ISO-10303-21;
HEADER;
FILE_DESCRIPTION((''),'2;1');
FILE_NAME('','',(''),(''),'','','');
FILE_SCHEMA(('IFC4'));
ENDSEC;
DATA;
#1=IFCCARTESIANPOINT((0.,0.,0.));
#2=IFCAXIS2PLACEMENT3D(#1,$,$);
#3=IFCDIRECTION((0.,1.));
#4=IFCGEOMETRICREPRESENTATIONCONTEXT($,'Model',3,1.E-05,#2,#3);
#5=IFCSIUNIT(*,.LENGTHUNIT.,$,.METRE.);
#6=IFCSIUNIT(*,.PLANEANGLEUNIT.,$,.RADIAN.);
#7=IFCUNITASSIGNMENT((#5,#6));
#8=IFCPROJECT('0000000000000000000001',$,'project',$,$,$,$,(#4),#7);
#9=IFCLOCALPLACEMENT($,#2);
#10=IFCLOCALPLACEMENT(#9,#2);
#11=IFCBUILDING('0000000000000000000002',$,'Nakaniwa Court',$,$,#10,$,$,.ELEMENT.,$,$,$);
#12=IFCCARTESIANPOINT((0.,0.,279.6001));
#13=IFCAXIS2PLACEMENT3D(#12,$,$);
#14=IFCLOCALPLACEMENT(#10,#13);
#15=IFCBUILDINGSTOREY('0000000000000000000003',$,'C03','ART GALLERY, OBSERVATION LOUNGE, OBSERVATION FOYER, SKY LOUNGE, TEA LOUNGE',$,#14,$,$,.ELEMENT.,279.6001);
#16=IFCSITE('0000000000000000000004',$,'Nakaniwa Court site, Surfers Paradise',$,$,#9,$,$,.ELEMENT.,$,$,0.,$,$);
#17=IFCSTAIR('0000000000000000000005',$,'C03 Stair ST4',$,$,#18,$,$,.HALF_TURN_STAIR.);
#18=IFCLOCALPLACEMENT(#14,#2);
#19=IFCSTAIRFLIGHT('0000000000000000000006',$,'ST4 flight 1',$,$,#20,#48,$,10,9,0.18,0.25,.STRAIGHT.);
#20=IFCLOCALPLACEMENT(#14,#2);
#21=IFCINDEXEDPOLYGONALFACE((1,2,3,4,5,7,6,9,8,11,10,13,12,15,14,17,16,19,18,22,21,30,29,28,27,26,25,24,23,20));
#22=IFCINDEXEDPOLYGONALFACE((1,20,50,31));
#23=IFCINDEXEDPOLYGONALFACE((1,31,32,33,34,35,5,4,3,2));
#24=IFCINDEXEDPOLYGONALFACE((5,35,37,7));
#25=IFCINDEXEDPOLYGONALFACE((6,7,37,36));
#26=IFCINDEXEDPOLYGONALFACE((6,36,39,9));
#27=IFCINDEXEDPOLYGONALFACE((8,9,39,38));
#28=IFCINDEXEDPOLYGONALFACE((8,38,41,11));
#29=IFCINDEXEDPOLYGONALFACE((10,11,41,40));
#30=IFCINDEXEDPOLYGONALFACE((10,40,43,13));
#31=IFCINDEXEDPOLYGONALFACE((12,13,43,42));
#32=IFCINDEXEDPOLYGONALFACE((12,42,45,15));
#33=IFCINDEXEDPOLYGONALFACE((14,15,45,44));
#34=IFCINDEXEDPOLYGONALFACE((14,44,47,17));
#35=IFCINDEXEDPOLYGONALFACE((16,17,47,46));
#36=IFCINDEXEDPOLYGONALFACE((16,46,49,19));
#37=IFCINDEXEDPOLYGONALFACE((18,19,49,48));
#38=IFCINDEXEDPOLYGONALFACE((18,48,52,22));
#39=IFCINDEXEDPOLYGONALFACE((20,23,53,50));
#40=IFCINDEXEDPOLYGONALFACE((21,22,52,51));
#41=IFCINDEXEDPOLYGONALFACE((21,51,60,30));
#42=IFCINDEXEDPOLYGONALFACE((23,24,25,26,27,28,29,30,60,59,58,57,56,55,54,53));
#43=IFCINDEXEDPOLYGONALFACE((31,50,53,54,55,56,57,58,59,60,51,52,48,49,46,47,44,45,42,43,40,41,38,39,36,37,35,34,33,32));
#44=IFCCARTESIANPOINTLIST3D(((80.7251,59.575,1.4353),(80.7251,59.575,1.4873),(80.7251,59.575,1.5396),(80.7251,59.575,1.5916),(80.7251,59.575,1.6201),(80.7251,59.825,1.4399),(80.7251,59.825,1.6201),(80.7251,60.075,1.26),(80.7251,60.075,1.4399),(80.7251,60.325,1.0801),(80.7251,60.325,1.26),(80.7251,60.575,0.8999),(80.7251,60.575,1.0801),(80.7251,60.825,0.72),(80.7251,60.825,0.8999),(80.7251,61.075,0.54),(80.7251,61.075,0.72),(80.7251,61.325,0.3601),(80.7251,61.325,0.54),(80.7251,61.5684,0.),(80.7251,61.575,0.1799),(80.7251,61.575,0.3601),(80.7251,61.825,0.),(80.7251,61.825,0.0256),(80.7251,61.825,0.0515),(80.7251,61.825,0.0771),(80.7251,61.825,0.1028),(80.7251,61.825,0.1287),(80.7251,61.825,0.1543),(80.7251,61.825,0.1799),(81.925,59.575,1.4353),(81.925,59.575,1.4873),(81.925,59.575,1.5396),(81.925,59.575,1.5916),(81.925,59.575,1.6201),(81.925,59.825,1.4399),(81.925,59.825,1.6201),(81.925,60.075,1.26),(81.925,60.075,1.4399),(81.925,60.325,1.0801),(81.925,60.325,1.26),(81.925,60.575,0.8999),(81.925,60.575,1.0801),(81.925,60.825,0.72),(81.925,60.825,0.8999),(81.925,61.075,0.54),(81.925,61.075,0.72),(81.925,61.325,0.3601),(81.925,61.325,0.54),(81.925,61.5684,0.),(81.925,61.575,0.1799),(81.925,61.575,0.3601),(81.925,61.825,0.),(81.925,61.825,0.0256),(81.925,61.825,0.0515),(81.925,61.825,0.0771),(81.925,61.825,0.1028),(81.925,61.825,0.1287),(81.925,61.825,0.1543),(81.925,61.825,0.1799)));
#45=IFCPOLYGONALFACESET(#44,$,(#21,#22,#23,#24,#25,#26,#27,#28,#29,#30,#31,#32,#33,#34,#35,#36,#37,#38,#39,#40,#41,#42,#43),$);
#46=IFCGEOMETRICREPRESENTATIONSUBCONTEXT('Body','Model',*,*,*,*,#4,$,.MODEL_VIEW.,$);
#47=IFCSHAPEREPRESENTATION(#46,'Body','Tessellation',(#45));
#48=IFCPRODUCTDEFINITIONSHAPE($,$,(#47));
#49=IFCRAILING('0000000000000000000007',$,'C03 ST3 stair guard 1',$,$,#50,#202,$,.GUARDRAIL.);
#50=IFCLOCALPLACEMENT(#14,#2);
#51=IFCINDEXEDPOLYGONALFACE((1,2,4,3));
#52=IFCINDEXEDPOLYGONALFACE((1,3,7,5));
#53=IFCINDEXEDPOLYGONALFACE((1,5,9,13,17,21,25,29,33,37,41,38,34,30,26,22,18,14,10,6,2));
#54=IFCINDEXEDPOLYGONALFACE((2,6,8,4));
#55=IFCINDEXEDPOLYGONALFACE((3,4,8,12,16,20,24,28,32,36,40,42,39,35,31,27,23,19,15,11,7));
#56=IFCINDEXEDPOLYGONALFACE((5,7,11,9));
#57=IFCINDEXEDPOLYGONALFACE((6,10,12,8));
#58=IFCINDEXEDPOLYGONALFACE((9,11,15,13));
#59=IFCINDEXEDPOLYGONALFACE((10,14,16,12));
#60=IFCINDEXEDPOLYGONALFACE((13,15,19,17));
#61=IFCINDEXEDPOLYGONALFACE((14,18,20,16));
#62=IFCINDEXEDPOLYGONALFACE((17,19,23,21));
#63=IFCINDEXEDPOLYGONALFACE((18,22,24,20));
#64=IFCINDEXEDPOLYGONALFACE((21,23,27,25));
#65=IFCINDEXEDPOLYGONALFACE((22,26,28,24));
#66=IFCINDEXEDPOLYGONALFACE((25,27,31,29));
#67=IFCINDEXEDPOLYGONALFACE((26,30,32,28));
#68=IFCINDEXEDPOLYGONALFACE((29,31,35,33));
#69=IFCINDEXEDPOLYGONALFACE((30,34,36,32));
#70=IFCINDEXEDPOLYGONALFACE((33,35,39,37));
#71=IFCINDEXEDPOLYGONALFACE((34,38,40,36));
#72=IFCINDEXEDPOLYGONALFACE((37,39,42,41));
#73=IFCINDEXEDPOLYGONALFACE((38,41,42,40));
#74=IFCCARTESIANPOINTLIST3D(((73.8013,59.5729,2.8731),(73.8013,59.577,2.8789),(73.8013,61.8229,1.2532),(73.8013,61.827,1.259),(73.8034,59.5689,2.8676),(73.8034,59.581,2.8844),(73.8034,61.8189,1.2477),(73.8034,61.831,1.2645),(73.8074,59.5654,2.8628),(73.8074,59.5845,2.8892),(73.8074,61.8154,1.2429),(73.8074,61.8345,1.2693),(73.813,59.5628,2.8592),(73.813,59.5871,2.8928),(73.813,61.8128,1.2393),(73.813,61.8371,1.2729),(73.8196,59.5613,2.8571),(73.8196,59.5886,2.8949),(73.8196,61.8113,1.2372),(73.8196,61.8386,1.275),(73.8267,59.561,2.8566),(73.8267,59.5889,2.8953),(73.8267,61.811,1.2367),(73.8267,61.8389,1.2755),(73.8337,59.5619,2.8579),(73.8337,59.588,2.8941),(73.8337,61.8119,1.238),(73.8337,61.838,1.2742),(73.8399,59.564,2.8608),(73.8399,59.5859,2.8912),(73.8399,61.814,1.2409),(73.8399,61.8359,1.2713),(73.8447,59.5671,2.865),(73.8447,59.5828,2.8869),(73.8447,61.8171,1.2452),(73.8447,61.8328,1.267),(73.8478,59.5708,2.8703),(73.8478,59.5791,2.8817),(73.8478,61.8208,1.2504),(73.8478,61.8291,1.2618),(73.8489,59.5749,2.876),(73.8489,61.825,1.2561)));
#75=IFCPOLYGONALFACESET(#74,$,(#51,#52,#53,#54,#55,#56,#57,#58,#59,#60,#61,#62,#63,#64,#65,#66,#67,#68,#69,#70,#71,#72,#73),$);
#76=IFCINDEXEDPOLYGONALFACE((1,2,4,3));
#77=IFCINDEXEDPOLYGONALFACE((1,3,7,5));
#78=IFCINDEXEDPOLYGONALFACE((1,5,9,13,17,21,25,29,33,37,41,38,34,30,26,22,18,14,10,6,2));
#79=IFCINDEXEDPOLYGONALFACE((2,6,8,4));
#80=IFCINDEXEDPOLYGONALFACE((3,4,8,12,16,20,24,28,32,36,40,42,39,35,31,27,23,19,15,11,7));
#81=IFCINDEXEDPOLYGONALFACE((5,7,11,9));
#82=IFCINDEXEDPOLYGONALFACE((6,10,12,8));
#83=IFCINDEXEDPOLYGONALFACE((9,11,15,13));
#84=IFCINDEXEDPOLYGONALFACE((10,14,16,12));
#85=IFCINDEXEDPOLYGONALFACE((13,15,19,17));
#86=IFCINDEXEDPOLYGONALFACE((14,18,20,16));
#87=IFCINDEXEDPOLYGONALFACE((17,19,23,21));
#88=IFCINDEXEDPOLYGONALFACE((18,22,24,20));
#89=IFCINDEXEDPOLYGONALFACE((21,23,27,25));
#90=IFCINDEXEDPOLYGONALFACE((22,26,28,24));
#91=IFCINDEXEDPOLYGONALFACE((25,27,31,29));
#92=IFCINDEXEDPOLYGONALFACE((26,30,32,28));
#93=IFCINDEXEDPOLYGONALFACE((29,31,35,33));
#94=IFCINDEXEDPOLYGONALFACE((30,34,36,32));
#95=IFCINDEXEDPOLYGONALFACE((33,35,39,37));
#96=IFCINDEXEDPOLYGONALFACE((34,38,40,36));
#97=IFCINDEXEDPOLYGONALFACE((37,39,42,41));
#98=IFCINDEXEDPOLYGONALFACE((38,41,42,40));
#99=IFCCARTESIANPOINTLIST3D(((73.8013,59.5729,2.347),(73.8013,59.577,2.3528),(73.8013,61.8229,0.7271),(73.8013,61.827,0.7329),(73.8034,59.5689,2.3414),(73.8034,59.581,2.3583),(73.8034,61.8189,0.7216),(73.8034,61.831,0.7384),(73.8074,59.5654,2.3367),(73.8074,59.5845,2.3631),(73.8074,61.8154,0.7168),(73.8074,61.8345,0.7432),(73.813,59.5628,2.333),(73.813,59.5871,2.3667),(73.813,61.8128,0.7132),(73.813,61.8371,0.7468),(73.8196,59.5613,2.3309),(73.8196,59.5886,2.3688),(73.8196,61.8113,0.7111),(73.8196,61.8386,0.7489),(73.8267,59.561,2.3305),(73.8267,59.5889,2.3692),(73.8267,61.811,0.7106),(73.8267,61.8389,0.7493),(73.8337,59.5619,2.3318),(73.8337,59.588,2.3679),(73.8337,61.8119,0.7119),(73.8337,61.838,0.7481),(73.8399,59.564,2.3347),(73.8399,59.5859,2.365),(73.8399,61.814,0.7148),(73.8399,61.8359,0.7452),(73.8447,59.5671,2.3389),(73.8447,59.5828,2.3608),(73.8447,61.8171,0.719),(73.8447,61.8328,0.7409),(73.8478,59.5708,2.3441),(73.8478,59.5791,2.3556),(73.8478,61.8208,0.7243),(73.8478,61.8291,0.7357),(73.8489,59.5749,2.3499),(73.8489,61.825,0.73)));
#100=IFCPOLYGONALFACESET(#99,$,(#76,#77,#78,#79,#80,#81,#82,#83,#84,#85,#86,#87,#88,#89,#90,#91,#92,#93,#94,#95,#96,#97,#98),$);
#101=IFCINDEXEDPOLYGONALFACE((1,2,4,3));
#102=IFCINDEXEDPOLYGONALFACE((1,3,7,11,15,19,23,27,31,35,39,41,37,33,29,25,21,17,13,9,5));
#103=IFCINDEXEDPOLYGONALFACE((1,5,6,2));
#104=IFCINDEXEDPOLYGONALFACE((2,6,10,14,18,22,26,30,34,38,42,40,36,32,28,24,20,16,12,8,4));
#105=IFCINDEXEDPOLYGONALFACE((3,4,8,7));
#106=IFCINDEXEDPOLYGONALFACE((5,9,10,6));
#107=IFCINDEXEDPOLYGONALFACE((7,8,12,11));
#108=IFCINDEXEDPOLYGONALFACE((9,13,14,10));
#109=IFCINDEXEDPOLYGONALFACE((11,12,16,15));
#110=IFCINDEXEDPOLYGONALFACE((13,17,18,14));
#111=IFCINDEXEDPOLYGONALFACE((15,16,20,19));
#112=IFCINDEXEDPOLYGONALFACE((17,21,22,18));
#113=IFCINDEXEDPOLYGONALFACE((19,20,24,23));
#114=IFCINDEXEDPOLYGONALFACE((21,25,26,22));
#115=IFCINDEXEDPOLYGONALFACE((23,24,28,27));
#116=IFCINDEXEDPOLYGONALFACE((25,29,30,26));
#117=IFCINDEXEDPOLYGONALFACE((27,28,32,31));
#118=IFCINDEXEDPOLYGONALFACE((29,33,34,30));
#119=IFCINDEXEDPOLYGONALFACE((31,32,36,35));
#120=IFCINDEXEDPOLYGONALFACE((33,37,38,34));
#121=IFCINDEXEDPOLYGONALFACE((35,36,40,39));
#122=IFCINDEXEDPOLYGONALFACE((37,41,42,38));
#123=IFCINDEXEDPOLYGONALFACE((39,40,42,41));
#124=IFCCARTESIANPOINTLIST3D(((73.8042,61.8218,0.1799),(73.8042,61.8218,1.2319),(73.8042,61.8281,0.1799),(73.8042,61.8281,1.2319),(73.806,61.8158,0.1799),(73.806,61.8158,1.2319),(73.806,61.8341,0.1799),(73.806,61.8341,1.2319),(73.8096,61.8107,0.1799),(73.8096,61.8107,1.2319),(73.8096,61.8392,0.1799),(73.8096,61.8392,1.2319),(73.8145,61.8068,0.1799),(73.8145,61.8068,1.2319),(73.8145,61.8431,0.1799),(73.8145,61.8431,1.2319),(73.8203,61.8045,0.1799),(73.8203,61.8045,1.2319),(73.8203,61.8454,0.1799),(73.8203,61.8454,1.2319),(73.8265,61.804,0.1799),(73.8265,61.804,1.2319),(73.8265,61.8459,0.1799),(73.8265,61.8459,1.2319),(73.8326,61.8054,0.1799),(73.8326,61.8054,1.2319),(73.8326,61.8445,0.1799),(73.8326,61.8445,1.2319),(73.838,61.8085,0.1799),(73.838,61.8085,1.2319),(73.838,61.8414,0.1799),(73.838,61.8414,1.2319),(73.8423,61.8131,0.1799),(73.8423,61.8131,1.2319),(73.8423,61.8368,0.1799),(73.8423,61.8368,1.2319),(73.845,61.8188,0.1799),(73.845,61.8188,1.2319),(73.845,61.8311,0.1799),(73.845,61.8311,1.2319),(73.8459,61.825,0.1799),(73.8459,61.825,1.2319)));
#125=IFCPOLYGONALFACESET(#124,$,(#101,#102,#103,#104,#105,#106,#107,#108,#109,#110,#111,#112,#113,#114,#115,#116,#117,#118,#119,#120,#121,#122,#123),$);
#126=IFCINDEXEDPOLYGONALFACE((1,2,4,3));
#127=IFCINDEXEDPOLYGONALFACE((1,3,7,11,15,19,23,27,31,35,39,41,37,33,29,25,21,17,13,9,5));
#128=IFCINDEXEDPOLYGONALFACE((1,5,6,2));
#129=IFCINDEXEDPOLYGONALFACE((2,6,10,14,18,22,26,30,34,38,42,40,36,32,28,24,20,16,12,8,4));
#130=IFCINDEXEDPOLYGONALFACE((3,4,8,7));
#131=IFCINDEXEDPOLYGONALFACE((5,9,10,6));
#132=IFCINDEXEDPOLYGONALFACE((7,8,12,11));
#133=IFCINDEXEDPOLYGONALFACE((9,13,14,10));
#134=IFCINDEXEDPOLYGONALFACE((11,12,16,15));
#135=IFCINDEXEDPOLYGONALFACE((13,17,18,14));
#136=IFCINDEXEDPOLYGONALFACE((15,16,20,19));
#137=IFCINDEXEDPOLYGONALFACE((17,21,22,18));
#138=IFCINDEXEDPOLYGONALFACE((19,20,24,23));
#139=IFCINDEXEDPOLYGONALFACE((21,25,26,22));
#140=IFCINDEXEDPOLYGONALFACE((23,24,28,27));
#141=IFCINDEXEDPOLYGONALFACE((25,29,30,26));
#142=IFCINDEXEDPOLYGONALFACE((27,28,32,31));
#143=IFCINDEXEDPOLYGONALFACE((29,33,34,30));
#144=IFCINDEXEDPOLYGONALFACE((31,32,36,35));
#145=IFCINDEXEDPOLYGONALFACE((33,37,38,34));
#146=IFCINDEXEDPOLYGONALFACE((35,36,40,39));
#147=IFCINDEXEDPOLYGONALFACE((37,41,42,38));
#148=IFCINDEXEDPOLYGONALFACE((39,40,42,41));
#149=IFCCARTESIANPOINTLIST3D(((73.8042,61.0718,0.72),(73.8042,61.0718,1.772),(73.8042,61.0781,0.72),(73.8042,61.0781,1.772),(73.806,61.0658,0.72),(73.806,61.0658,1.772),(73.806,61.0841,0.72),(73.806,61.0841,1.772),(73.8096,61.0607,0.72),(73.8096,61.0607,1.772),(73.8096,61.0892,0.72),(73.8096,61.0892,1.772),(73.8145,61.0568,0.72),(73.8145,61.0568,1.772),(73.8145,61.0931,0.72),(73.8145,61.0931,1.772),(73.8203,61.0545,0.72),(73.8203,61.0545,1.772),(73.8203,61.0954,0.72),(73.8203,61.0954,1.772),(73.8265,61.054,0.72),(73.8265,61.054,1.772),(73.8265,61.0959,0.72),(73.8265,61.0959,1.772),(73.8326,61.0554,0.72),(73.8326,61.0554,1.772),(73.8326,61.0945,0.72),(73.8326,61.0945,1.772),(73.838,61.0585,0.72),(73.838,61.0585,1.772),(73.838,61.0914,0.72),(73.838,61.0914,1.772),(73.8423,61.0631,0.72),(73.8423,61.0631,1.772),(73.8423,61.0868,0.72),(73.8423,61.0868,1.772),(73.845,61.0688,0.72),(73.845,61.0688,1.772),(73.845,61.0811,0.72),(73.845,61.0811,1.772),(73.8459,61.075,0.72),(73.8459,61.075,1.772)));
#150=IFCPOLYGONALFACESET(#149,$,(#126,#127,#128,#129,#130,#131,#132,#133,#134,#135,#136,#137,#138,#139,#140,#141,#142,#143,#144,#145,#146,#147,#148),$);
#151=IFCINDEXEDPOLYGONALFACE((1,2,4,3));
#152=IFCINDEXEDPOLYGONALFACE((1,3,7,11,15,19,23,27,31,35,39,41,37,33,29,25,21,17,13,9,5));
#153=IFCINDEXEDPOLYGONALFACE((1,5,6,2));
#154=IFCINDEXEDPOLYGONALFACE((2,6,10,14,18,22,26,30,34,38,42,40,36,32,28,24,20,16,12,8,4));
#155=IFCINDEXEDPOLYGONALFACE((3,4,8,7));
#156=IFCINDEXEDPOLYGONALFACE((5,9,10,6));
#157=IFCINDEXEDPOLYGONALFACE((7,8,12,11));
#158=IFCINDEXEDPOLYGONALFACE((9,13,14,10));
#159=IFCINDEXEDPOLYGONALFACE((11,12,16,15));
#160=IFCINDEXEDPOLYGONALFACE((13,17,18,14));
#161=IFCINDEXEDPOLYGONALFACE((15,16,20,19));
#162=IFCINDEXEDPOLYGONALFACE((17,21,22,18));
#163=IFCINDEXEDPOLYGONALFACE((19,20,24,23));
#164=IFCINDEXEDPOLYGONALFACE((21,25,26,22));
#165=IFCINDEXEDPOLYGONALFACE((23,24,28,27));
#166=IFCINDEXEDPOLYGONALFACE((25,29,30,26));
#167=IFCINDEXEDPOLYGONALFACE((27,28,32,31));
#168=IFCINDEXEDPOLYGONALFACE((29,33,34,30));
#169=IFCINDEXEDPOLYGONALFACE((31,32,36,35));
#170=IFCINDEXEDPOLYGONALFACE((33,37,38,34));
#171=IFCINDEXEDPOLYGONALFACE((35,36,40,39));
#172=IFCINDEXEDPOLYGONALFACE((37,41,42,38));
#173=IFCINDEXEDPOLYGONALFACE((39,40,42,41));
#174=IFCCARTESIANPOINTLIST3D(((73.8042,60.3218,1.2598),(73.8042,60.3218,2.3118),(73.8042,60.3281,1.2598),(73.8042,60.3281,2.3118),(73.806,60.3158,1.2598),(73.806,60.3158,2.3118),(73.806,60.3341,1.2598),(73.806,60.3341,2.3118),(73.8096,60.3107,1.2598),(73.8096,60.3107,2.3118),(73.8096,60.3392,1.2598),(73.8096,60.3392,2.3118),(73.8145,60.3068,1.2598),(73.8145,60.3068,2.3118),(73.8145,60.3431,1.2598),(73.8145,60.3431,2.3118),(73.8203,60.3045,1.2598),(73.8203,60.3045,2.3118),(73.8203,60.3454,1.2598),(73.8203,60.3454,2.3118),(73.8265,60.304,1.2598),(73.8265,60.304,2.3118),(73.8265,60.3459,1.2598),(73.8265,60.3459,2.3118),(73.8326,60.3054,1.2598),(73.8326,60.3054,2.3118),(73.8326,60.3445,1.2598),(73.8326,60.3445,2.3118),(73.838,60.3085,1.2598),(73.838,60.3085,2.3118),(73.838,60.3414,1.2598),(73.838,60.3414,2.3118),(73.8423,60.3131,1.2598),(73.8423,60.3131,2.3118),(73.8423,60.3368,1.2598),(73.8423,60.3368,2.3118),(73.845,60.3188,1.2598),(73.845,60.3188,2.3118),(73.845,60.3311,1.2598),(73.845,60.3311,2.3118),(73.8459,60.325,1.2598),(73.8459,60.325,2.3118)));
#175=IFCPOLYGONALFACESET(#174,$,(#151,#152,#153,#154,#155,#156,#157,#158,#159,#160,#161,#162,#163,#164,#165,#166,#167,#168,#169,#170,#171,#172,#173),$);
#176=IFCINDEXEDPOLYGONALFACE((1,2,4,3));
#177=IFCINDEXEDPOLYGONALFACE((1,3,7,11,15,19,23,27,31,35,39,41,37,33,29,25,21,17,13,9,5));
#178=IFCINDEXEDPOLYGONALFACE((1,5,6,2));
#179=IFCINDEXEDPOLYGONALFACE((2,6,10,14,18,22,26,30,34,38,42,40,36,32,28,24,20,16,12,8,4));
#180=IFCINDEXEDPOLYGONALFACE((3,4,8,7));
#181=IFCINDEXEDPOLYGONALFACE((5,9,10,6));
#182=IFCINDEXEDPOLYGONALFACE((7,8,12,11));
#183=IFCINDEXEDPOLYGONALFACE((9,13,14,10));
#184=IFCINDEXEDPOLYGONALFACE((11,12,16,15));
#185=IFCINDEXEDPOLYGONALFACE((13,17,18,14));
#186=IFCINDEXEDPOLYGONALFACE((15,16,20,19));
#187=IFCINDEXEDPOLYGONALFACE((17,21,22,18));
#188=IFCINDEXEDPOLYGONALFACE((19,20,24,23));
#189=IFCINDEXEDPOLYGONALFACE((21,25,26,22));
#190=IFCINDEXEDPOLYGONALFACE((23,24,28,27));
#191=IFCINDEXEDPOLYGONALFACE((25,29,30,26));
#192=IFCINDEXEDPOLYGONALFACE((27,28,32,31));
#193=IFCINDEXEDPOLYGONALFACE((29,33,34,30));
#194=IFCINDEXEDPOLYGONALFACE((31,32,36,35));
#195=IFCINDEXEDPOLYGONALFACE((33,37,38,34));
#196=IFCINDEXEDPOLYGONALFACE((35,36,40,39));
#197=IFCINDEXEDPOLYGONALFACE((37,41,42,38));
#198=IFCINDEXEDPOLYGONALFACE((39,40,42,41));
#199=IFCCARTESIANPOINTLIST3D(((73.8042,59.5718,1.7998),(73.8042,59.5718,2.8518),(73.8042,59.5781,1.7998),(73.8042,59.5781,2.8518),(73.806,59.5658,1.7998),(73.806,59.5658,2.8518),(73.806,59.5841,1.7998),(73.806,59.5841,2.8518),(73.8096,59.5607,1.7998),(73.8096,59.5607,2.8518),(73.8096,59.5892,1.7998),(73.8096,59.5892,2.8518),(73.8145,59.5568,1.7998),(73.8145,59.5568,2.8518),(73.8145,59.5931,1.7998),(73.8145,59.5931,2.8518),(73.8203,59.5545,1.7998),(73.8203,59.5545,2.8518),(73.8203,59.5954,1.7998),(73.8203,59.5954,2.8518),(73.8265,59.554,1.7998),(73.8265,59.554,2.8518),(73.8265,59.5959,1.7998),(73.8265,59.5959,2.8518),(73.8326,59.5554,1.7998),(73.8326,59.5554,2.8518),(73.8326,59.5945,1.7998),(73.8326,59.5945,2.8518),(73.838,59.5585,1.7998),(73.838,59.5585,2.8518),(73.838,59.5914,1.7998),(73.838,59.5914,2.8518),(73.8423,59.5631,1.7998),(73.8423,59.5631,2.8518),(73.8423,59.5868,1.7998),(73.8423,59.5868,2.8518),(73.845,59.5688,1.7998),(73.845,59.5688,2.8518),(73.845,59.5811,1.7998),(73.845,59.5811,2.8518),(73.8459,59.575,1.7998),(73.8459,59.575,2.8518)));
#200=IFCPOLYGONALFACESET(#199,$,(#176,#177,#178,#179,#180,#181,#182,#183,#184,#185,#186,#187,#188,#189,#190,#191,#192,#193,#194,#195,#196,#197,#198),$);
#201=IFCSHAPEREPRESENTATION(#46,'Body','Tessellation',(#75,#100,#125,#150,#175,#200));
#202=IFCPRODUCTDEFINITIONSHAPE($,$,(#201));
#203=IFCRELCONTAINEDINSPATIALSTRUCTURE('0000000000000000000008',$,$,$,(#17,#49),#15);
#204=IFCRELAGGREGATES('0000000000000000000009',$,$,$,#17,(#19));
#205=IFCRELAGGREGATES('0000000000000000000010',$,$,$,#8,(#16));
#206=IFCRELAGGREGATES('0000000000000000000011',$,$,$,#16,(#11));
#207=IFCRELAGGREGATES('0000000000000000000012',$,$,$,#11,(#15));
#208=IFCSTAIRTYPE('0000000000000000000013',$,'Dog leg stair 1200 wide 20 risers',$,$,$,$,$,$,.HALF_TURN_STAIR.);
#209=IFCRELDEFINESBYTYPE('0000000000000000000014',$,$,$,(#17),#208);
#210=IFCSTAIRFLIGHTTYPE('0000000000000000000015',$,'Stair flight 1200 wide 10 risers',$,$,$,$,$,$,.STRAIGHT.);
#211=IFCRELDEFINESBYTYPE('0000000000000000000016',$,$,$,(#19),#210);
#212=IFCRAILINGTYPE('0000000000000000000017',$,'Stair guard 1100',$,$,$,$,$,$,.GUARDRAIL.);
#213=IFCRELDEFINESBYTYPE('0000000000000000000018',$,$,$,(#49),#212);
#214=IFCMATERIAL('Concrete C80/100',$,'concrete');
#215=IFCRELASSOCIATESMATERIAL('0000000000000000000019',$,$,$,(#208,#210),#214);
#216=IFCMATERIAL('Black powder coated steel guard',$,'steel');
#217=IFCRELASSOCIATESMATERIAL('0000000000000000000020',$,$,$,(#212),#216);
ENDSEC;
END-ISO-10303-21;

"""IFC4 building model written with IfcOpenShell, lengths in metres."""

from ifc_helpers import new_model, si_unit, direction, frame, origin, origin_2d, place, context, subcontext, project, spatial, polyline, circle, outline, extrude, material, type_object, element, aggregate, save


model = new_model("IFC4")

# Units and contexts
model_context = context("Model", 3, precision=1e-05, world=origin(), true_north=direction((0.0, 1.0)))
body_context = subcontext(model_context, "Body", "Model", "MODEL_VIEW")
ifc_project = project(units=[si_unit("LENGTHUNIT", "METRE"), si_unit("PLANEANGLEUNIT", "RADIAN")], contexts=[model_context])

# Site, building, storey
site_placement = place(None, origin())
site = spatial("IfcSite", under=ifc_project, at=site_placement, Name="Nakaniwa Court site, Surfers Paradise", CompositionType="ELEMENT", RefElevation=0.0)
building_placement = place(site_placement, origin())
building = spatial("IfcBuilding", under=site, at=building_placement, Name="Nakaniwa Court", CompositionType="ELEMENT")
storey_placement = place(building_placement, frame((0.0, 0.0, 279.6001)))
storey = spatial("IfcBuildingStorey", under=building, at=storey_placement, Name="C03", Description="ART GALLERY, OBSERVATION LOUNGE, OBSERVATION FOYER, SKY LOUNGE, TEA LOUNGE", CompositionType="ELEMENT", Elevation=279.6001)

# Shared definitions
ifc_material_1 = material(Name="Concrete C80/100", Category="concrete")

# Shared definitions
stair_type = type_object("IfcStairType", Name="Dog leg stair 1200 wide 20 risers", PredefinedType="HALF_TURN_STAIR", material=ifc_material_1)
stair_flight_type = type_object("IfcStairFlightType", Name="Stair flight 1200 wide 10 risers", PredefinedType="STRAIGHT", material=ifc_material_1)

# Stair, stair flight
stair_1_placement = place(storey_placement, origin())
stair_1 = element("IfcStair", 1, at=stair_1_placement, inside=storey, type_object=stair_type, Name="C03 Stair ST4", PredefinedType="HALF_TURN_STAIR")
stair_flight_1_placement = place(storey_placement, frame((81.325, 61.825, 0.0), z_axis=(0.0, 0.0, 1.0), x_axis=(0.0, -1.0, 0.0)))
stair_flight_1 = element("IfcStairFlight", 2, at=stair_flight_1_placement, type_object=stair_flight_type, Name="ST4 flight 1", NumberOfRisers=10, NumberOfTreads=9, PredefinedType="STRAIGHT", RiserHeight=0.18, TreadLength=0.25, context=body_context, shape_type="SweptSolid", body=[
    extrude(outline(polyline([(0.0, 0.0), (0.0, 0.0256), (0.0, 0.0515), (0.0, 0.0771), (0.0, 0.1028), (0.0, 0.1287), (0.0, 0.1543), (0.0, 0.1799), (0.25, 0.1799), (0.25, 0.3601), (0.5, 0.3601), (0.5, 0.54), (0.75, 0.54), (0.75, 0.72), (1.0, 0.72), (1.0, 0.8999), (1.25, 0.8999), (1.25, 1.0801), (1.5, 1.0801), (1.5, 1.26), (1.75, 1.26), (1.75, 1.4399), (2.0, 1.4399), (2.0, 1.6201), (2.25, 1.6201), (2.25, 1.8), (2.25, 1.7478), (2.25, 1.6958), (2.25, 1.6438), (2.25, 1.5916), (2.25, 1.5396), (2.25, 1.4873), (2.25, 1.4353), (0.2566, 0.0), (0.0, 0.0)])), frame((0.0, 0.6001, 0.0), z_axis=(0.0, -1.0, 0.0), x_axis=(1.0, 0.0, 0.0)), (0.0, 0.0, 1.0), 1.2),
])
aggregate(stair_1, [stair_flight_1])

# Railing
ifc_material_2 = material(Name="Black powder coated steel guard", Category="steel")
railing_type_1 = type_object("IfcRailingType", Name="Stair guard 1100", PredefinedType="GUARDRAIL", material=ifc_material_2)
railing_1_placement = place(storey_placement, frame((73.825, 61.825, 0.1799)))
element("IfcRailing", 3, at=railing_1_placement, inside=storey, type_object=railing_type_1, Name="C03 ST3 stair guard 1", PredefinedType="GUARDRAIL", context=body_context, shape_type="SweptSolid", body=[
    extrude(circle(Radius=0.0239, at=origin_2d()), frame((0.0, 0.0, 1.0762), z_axis=(0.0, -0.811556, 0.584275), x_axis=(1.0, 0.0, 0.0)), (0.0, 0.0, 1.0), 2.7725),
    extrude(circle(Radius=0.0239, at=origin_2d()), frame((0.0, 0.0, 0.55), z_axis=(0.0, -0.811556, 0.584275), x_axis=(1.0, 0.0, 0.0)), (0.0, 0.0, 1.0), 2.7725),
    extrude(circle(Radius=0.021, at=origin_2d()), origin(), (0.0, 0.0, 1.0), 1.052),
    extrude(circle(Radius=0.021, at=origin_2d()), frame((0.0, -0.75, 0.54)), (0.0, 0.0, 1.0), 1.052),
    extrude(circle(Radius=0.021, at=origin_2d()), frame((0.0, -1.5, 1.0798)), (0.0, 0.0, 1.0), 1.052),
    extrude(circle(Radius=0.021, at=origin_2d()), frame((0.0, -2.25, 1.6199)), (0.0, 0.0, 1.0), 1.052),
])

save(model, "model.ifc")
